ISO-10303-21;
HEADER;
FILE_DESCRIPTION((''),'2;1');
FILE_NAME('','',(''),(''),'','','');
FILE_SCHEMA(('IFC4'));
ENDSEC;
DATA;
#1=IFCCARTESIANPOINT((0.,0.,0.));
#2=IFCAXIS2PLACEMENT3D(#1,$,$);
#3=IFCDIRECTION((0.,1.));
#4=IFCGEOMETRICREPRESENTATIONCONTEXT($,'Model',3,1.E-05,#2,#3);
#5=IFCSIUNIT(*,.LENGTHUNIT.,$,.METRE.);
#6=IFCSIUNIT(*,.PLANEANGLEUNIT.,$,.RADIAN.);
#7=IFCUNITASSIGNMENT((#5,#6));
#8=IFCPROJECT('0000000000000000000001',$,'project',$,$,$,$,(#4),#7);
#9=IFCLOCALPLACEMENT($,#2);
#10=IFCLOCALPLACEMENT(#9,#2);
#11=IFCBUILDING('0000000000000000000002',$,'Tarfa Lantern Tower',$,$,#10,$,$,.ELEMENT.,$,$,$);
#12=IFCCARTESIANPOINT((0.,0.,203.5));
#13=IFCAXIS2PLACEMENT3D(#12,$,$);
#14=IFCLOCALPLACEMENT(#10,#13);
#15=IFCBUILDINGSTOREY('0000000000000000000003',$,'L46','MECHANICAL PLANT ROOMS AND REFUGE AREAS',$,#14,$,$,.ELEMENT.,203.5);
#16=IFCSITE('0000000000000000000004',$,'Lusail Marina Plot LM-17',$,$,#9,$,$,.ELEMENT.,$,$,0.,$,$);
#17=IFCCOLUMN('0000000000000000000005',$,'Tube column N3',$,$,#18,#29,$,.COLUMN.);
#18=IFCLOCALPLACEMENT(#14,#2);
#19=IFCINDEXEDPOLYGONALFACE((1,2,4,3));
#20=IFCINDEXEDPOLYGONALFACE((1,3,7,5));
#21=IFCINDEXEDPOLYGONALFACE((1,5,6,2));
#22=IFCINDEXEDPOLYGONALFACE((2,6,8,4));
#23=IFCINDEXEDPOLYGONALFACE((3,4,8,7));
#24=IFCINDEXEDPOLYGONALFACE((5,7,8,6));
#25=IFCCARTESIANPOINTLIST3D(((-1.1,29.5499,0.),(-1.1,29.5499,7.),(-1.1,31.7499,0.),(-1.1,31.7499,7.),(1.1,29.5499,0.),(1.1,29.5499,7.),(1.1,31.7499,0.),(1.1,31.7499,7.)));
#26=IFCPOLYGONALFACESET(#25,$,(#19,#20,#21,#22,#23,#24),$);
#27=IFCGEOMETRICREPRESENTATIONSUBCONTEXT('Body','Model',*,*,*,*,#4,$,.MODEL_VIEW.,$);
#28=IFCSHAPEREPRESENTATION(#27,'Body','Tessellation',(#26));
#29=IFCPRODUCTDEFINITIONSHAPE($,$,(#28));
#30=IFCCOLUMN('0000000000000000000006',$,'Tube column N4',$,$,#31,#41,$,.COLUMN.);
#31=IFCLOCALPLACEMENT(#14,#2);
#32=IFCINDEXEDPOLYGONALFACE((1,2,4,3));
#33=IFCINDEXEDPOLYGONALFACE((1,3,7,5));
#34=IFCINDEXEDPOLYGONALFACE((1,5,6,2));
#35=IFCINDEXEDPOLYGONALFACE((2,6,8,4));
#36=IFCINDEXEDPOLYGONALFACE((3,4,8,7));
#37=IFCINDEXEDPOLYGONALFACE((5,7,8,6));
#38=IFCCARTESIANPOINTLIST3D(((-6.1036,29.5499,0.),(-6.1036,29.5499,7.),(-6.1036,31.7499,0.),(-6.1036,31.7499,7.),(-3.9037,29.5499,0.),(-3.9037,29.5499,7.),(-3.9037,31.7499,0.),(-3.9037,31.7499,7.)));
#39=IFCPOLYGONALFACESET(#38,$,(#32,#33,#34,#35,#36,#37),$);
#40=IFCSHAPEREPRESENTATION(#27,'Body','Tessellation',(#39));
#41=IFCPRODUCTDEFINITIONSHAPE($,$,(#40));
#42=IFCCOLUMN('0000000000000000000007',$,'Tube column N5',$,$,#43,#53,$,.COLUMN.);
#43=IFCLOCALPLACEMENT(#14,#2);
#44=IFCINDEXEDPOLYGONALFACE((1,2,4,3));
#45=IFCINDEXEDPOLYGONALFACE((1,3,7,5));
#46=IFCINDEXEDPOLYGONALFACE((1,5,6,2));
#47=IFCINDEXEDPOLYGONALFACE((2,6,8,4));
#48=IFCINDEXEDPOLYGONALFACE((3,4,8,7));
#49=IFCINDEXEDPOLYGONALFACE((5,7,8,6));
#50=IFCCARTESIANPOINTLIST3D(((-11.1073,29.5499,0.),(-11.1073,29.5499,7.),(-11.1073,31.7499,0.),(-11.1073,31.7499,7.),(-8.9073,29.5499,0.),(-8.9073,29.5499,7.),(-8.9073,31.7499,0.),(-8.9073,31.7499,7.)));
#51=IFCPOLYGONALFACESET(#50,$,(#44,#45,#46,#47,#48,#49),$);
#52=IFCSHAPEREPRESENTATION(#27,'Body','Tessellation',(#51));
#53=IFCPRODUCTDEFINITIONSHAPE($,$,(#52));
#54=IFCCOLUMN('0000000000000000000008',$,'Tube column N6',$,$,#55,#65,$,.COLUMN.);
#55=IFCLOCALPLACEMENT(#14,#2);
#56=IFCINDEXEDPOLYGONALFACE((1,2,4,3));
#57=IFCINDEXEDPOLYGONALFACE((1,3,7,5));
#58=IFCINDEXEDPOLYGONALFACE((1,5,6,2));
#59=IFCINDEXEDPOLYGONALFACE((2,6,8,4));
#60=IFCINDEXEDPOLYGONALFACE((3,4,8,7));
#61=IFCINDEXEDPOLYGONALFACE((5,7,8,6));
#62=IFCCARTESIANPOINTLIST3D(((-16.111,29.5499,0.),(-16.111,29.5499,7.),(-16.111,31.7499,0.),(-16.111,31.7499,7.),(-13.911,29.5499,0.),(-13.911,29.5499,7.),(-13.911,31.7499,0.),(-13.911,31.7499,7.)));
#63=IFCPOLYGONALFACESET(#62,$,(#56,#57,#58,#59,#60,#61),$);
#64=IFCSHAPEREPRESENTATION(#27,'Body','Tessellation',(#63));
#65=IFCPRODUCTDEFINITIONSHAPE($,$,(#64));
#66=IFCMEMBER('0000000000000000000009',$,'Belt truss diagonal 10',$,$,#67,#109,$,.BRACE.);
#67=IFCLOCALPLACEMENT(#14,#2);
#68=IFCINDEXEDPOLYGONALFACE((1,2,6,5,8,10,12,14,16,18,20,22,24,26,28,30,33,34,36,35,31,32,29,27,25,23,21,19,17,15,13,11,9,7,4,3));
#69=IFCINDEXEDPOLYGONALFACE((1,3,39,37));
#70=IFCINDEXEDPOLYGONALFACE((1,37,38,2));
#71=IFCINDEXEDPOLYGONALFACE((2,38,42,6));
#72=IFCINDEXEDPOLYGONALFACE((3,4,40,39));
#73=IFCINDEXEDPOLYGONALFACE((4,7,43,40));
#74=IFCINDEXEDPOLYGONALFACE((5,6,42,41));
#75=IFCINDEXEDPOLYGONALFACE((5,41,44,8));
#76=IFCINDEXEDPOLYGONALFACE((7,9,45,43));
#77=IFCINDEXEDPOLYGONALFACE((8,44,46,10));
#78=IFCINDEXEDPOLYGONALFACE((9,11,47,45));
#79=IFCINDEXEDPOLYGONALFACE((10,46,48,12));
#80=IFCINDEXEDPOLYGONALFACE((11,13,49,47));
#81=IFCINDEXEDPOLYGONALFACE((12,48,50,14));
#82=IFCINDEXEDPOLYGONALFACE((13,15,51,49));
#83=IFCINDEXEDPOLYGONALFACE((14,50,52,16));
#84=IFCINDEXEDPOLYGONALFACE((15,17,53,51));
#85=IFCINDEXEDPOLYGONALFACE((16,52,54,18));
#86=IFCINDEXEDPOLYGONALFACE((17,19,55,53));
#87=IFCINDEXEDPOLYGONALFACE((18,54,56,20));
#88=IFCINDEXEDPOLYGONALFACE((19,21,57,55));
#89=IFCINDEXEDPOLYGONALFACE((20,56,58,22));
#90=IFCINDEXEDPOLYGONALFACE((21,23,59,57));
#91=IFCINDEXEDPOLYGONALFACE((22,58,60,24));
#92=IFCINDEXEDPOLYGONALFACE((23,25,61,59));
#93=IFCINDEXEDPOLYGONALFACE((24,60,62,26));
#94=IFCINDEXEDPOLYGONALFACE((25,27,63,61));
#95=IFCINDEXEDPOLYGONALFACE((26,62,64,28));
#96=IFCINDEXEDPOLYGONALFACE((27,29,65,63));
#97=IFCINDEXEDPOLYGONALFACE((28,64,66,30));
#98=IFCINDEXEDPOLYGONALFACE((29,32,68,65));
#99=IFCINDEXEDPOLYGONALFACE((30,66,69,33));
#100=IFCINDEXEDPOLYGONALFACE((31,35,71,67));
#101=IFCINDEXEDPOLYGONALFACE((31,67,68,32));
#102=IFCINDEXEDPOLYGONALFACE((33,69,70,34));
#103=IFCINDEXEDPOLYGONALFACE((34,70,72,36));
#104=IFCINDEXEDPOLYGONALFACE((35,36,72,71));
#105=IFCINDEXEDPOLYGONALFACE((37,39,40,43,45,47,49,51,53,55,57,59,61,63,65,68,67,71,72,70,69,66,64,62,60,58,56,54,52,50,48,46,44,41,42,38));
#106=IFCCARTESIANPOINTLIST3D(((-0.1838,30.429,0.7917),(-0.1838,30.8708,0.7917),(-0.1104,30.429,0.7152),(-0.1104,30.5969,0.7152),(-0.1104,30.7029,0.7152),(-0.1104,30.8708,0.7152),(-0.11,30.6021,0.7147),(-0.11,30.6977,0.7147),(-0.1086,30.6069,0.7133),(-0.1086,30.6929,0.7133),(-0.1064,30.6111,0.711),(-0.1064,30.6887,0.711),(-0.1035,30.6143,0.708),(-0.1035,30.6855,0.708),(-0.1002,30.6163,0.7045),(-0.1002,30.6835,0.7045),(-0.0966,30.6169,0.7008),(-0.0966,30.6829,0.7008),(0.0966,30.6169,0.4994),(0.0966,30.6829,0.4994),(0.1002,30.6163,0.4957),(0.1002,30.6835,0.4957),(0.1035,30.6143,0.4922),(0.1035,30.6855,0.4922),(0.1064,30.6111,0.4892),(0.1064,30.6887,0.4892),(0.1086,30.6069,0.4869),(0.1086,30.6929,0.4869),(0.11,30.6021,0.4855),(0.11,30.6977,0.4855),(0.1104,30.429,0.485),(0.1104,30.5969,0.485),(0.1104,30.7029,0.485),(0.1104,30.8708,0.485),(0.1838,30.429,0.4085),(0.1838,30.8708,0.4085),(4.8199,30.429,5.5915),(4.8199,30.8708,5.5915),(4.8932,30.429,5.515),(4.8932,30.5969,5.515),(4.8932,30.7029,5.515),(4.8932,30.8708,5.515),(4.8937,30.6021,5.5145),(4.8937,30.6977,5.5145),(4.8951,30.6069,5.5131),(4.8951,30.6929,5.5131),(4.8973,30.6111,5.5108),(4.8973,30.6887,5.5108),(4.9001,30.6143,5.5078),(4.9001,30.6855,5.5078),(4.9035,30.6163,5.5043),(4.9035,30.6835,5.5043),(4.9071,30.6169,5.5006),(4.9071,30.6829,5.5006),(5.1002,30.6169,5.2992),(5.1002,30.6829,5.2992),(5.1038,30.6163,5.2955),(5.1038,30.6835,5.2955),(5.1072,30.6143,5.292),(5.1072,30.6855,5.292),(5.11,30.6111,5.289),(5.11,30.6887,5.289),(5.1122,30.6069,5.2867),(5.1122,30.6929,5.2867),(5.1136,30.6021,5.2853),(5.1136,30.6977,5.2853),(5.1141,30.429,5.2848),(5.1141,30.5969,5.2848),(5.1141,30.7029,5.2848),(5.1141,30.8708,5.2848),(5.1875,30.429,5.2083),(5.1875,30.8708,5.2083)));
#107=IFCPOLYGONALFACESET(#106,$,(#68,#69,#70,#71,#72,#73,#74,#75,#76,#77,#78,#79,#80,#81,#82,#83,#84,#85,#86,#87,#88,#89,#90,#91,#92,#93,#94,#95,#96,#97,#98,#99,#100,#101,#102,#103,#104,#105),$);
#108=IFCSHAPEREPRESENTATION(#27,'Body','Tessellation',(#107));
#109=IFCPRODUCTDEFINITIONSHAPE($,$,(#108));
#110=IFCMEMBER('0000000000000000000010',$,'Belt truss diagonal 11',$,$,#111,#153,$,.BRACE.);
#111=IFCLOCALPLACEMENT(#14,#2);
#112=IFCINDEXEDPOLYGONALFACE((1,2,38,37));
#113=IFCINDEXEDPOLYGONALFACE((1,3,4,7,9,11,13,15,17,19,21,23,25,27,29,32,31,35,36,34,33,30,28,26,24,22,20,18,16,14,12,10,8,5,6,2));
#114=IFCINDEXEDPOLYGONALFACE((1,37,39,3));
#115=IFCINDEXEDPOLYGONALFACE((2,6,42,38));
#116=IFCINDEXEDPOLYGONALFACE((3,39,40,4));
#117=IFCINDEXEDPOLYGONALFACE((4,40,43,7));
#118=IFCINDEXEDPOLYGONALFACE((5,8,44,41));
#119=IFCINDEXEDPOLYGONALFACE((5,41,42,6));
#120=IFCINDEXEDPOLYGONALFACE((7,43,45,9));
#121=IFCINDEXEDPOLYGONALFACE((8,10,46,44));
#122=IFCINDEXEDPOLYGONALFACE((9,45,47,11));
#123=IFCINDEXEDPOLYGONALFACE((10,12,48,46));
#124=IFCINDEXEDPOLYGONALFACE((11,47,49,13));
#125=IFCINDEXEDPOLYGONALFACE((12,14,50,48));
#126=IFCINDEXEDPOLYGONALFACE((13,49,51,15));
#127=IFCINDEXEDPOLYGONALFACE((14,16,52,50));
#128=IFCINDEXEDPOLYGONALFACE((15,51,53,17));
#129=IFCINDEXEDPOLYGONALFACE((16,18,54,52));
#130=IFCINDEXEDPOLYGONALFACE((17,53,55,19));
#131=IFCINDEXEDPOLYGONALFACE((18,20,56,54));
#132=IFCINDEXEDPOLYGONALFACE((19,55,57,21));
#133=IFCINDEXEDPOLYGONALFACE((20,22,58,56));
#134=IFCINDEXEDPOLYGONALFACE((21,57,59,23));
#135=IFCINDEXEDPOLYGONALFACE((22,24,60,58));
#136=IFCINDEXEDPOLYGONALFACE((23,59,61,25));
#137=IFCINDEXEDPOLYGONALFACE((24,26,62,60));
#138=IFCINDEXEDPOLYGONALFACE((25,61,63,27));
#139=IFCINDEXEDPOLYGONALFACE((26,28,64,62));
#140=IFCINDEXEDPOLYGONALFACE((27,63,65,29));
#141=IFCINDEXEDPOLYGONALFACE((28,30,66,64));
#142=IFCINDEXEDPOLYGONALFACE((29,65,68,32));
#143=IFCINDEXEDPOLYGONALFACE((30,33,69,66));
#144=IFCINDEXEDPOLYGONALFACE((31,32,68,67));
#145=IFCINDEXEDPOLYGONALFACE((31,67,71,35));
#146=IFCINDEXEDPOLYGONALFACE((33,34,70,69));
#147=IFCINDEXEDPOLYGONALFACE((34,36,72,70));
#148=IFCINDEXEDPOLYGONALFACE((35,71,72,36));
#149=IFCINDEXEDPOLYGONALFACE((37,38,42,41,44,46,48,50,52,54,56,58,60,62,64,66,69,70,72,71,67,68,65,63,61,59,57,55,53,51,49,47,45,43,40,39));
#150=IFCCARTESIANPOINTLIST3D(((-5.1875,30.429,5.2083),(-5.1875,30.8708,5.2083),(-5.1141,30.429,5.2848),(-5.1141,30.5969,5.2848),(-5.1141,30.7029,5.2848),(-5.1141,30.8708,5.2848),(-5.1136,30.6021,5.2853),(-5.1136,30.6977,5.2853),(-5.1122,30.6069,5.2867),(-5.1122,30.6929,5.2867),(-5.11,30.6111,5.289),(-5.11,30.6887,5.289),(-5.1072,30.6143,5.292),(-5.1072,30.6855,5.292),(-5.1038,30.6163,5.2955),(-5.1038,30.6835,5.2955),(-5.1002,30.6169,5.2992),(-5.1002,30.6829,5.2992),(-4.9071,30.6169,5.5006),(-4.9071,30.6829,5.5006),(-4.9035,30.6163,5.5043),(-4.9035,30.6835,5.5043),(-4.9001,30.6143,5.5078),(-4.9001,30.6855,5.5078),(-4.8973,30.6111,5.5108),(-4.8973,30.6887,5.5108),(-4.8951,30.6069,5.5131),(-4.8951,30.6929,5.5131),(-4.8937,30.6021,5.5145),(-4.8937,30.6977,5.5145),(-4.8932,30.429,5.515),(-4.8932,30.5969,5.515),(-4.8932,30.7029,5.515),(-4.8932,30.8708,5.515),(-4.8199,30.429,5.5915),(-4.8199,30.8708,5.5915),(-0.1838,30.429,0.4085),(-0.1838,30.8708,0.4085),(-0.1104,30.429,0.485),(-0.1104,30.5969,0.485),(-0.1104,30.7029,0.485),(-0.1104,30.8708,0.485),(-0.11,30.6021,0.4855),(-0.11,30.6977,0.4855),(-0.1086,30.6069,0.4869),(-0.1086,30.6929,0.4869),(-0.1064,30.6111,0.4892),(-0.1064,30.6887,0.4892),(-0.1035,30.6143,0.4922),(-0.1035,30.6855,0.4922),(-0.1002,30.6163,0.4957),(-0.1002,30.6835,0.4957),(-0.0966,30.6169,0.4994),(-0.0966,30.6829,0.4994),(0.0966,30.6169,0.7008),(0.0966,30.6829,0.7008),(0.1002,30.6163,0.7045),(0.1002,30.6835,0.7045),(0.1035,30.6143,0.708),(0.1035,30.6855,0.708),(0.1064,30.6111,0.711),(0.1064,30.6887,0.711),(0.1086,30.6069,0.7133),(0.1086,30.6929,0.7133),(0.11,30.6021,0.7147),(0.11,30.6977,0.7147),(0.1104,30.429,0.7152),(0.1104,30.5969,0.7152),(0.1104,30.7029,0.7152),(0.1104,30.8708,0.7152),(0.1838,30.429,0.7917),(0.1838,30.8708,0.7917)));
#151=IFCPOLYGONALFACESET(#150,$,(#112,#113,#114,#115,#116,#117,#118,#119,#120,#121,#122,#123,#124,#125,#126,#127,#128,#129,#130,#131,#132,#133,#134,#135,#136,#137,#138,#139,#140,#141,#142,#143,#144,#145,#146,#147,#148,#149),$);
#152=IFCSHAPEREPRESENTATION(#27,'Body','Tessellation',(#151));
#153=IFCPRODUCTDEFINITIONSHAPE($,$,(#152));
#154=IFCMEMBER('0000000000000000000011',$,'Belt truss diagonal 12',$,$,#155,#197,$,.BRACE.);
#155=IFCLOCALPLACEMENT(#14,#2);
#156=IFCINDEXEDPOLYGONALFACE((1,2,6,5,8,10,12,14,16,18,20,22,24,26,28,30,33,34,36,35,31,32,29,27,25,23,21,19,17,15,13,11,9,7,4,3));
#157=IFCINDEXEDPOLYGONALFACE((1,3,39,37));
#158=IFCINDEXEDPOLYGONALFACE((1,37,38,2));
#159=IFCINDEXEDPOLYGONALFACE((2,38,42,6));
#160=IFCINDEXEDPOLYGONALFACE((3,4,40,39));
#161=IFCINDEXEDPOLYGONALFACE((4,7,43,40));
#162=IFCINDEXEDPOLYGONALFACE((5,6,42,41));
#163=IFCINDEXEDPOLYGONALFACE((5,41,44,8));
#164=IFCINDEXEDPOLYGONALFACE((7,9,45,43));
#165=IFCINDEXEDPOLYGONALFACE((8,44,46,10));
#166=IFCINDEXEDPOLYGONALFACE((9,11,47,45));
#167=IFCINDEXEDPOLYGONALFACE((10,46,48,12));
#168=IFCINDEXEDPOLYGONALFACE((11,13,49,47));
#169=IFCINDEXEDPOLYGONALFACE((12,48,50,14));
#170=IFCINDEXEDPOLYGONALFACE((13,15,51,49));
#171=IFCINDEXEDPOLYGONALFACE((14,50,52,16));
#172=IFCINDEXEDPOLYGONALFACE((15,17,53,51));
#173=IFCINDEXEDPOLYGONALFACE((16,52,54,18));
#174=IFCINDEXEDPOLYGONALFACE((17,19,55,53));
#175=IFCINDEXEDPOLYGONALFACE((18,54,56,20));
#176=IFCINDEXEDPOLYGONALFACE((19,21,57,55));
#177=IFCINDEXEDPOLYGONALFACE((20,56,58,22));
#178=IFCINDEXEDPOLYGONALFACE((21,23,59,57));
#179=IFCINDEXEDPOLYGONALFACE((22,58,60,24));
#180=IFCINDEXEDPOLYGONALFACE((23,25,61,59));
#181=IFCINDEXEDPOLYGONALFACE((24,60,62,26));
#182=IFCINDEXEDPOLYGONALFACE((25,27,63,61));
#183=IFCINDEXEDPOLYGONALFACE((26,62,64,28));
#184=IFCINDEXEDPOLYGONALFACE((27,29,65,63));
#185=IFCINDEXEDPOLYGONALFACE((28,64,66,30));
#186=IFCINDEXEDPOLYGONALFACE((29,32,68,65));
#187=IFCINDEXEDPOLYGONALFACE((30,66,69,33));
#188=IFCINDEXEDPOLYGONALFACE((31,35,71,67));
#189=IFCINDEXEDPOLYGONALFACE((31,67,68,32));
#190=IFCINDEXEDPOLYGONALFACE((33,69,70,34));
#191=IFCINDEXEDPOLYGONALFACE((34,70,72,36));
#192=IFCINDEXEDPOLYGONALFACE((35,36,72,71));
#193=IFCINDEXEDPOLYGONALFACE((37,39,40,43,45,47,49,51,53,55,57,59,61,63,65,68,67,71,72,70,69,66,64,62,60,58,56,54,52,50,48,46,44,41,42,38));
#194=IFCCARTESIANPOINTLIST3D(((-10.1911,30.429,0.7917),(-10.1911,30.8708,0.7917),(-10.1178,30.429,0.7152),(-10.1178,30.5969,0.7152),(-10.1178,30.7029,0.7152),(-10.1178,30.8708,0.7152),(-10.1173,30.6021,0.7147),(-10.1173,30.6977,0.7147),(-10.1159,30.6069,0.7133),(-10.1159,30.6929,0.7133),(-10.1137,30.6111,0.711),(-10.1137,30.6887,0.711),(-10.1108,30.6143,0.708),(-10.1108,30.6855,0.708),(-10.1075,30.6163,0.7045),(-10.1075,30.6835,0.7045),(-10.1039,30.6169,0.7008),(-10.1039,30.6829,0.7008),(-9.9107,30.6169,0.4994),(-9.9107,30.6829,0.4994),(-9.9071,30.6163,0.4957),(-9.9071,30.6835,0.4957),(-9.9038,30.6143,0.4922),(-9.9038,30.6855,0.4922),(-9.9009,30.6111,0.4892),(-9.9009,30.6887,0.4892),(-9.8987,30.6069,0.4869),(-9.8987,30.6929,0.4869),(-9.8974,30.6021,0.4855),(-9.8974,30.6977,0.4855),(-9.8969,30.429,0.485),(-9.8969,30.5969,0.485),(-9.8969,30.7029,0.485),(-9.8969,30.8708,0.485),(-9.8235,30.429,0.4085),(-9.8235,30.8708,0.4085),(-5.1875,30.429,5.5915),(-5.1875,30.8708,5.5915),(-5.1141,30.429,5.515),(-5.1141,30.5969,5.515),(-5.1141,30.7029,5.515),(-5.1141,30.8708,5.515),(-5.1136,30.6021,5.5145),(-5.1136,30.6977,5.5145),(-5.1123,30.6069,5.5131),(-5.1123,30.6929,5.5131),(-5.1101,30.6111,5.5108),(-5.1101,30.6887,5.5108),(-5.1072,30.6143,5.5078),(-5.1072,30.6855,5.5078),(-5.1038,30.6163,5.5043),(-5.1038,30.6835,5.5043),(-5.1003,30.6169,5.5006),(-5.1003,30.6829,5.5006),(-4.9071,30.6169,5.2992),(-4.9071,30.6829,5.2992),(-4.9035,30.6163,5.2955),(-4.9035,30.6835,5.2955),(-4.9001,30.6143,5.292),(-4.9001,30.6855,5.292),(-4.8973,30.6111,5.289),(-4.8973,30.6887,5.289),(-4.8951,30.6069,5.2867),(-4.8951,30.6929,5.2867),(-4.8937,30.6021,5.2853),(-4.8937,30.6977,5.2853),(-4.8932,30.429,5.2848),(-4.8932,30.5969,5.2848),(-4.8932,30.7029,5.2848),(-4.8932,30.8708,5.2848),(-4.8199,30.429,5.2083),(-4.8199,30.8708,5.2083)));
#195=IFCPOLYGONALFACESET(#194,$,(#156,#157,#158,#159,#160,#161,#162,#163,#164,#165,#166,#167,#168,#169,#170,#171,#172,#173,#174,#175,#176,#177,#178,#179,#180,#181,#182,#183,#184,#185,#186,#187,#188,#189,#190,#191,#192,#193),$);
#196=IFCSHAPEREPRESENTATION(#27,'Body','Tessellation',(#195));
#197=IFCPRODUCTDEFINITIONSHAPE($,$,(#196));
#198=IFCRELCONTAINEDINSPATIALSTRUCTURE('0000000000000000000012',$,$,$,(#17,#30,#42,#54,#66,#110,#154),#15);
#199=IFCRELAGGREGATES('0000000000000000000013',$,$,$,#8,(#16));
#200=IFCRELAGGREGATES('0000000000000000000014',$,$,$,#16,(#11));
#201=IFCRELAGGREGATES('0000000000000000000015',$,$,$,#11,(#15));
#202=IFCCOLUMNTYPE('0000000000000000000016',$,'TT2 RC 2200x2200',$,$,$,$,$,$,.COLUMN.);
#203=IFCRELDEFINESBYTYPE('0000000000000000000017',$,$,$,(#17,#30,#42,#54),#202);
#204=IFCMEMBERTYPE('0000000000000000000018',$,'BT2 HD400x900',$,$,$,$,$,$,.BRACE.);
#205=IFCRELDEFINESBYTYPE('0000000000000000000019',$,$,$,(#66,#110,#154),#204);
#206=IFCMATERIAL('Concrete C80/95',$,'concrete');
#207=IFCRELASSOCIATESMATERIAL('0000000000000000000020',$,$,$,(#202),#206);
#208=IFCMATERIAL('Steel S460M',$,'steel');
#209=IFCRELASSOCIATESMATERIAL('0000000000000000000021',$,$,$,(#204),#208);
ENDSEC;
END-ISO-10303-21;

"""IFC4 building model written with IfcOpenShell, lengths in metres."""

from ifc_helpers import new_model, si_unit, direction, frame, origin, origin_2d, place, context, subcontext, project, spatial, rectangle, i_section, extrude, material, material_profile, profile_set, type_object, element, save


model = new_model("IFC4")

# Units and contexts
model_context = context("Model", 3, precision=1e-05, world=origin(), true_north=direction((0.0, 1.0)))
body_context = subcontext(model_context, "Body", "Model", "MODEL_VIEW")
ifc_project = project(units=[si_unit("LENGTHUNIT", "METRE"), si_unit("PLANEANGLEUNIT", "RADIAN")], contexts=[model_context])

# Site, building, storey
site_placement = place(None, origin())
site = spatial("IfcSite", under=ifc_project, at=site_placement, Name="Lusail Marina Plot LM-17", CompositionType="ELEMENT", RefElevation=0.0)
building_placement = place(site_placement, origin())
building = spatial("IfcBuilding", under=site, at=building_placement, Name="Tarfa Lantern Tower", CompositionType="ELEMENT")
storey_placement = place(building_placement, frame((0.0, 0.0, 203.5)))
storey = spatial("IfcBuildingStorey", under=building, at=storey_placement, Name="L46", Description="MECHANICAL PLANT ROOMS AND REFUGE AREAS", CompositionType="ELEMENT", Elevation=203.5)

# Columns
ifc_material_1 = material(Name="Concrete C80/95", Category="concrete")
ifc_material_profile_1 = material_profile(ifc_material_1, rectangle(XDim=2.2, YDim=2.2, at=origin_2d()), Name="RC 2200x2200")
ifc_profile_set_1 = profile_set([ifc_material_profile_1], Name="Concrete C80/95")
column_type = type_object("IfcColumnType", Name="TT2 RC 2200x2200", PredefinedType="COLUMN", material=ifc_profile_set_1)
for number, where, z_axis, x_axis, name in (
    (1, (0.0, 30.6499, 0.0), (0.0, 0.0, 1.0), (-1.0, 0.0, 0.0), "Tube column N3"),
    (2, (-5.0037, 30.6499, 0.0), (0.0, 0.0, 1.0), (-1.0, 0.0, 0.0), "Tube column N4"),
    (3, (-10.0073, 30.6499, 0.0), (0.0, 0.0, 1.0), (-1.0, 0.0, 0.0), "Tube column N5"),
    (4, (-15.011, 30.6499, 0.0), (0.0, 0.0, 1.0), (-1.0, 0.0, 0.0), "Tube column N6"),
):
    element("IfcColumn", number, at=place(storey_placement, frame(where, z_axis=z_axis, x_axis=x_axis)), inside=storey, type_object=column_type, Name=name, PredefinedType="COLUMN", context=body_context, shape_type="SweptSolid", body=[
        extrude(rectangle(XDim=2.2, YDim=2.2, at=origin_2d()), origin(), (0.0, 0.0, 1.0), 7.0),
    ])

# Members
ifc_material_2 = material(Name="Steel S460M", Category="steel")
ifc_material_profile_2 = material_profile(ifc_material_2, i_section(OverallWidth=0.4419, OverallDepth=0.531, WebThickness=0.0659, FlangeThickness=0.106, FilletRadius=0.02, at=origin_2d()), Name="HD400x900")
ifc_profile_set_2 = profile_set([ifc_material_profile_2], Name="Steel S460M")
member_type_1 = type_object("IfcMemberType", Name="BT2 HD400x900", PredefinedType="BRACE", material=ifc_profile_set_2)
for number, where, z_axis, x_axis, name in (
    (5, (0.0, 30.6499, 0.6001), (0.721655, 0.0, 0.692253), (0.0, 1.0, 0.0), "Belt truss diagonal 10"),
    (6, (0.0, 30.6499, 0.6001), (-0.721655, 0.0, 0.692253), (0.0, -1.0, 0.0), "Belt truss diagonal 11"),
    (7, (-10.0073, 30.6499, 0.6001), (0.721655, 0.0, 0.692253), (0.0, 1.0, 0.0), "Belt truss diagonal 12"),
):
    element("IfcMember", number, at=place(storey_placement, frame(where, z_axis=z_axis, x_axis=x_axis)), inside=storey, type_object=member_type_1, Name=name, PredefinedType="BRACE", context=body_context, shape_type="SweptSolid", body=[
        extrude(i_section(OverallWidth=0.4419, OverallDepth=0.531, WebThickness=0.0659, FlangeThickness=0.106, FilletRadius=0.02, at=origin_2d()), origin(), (0.0, 0.0, 1.0), 6.9336),
    ])

save(model, "model.ifc")
